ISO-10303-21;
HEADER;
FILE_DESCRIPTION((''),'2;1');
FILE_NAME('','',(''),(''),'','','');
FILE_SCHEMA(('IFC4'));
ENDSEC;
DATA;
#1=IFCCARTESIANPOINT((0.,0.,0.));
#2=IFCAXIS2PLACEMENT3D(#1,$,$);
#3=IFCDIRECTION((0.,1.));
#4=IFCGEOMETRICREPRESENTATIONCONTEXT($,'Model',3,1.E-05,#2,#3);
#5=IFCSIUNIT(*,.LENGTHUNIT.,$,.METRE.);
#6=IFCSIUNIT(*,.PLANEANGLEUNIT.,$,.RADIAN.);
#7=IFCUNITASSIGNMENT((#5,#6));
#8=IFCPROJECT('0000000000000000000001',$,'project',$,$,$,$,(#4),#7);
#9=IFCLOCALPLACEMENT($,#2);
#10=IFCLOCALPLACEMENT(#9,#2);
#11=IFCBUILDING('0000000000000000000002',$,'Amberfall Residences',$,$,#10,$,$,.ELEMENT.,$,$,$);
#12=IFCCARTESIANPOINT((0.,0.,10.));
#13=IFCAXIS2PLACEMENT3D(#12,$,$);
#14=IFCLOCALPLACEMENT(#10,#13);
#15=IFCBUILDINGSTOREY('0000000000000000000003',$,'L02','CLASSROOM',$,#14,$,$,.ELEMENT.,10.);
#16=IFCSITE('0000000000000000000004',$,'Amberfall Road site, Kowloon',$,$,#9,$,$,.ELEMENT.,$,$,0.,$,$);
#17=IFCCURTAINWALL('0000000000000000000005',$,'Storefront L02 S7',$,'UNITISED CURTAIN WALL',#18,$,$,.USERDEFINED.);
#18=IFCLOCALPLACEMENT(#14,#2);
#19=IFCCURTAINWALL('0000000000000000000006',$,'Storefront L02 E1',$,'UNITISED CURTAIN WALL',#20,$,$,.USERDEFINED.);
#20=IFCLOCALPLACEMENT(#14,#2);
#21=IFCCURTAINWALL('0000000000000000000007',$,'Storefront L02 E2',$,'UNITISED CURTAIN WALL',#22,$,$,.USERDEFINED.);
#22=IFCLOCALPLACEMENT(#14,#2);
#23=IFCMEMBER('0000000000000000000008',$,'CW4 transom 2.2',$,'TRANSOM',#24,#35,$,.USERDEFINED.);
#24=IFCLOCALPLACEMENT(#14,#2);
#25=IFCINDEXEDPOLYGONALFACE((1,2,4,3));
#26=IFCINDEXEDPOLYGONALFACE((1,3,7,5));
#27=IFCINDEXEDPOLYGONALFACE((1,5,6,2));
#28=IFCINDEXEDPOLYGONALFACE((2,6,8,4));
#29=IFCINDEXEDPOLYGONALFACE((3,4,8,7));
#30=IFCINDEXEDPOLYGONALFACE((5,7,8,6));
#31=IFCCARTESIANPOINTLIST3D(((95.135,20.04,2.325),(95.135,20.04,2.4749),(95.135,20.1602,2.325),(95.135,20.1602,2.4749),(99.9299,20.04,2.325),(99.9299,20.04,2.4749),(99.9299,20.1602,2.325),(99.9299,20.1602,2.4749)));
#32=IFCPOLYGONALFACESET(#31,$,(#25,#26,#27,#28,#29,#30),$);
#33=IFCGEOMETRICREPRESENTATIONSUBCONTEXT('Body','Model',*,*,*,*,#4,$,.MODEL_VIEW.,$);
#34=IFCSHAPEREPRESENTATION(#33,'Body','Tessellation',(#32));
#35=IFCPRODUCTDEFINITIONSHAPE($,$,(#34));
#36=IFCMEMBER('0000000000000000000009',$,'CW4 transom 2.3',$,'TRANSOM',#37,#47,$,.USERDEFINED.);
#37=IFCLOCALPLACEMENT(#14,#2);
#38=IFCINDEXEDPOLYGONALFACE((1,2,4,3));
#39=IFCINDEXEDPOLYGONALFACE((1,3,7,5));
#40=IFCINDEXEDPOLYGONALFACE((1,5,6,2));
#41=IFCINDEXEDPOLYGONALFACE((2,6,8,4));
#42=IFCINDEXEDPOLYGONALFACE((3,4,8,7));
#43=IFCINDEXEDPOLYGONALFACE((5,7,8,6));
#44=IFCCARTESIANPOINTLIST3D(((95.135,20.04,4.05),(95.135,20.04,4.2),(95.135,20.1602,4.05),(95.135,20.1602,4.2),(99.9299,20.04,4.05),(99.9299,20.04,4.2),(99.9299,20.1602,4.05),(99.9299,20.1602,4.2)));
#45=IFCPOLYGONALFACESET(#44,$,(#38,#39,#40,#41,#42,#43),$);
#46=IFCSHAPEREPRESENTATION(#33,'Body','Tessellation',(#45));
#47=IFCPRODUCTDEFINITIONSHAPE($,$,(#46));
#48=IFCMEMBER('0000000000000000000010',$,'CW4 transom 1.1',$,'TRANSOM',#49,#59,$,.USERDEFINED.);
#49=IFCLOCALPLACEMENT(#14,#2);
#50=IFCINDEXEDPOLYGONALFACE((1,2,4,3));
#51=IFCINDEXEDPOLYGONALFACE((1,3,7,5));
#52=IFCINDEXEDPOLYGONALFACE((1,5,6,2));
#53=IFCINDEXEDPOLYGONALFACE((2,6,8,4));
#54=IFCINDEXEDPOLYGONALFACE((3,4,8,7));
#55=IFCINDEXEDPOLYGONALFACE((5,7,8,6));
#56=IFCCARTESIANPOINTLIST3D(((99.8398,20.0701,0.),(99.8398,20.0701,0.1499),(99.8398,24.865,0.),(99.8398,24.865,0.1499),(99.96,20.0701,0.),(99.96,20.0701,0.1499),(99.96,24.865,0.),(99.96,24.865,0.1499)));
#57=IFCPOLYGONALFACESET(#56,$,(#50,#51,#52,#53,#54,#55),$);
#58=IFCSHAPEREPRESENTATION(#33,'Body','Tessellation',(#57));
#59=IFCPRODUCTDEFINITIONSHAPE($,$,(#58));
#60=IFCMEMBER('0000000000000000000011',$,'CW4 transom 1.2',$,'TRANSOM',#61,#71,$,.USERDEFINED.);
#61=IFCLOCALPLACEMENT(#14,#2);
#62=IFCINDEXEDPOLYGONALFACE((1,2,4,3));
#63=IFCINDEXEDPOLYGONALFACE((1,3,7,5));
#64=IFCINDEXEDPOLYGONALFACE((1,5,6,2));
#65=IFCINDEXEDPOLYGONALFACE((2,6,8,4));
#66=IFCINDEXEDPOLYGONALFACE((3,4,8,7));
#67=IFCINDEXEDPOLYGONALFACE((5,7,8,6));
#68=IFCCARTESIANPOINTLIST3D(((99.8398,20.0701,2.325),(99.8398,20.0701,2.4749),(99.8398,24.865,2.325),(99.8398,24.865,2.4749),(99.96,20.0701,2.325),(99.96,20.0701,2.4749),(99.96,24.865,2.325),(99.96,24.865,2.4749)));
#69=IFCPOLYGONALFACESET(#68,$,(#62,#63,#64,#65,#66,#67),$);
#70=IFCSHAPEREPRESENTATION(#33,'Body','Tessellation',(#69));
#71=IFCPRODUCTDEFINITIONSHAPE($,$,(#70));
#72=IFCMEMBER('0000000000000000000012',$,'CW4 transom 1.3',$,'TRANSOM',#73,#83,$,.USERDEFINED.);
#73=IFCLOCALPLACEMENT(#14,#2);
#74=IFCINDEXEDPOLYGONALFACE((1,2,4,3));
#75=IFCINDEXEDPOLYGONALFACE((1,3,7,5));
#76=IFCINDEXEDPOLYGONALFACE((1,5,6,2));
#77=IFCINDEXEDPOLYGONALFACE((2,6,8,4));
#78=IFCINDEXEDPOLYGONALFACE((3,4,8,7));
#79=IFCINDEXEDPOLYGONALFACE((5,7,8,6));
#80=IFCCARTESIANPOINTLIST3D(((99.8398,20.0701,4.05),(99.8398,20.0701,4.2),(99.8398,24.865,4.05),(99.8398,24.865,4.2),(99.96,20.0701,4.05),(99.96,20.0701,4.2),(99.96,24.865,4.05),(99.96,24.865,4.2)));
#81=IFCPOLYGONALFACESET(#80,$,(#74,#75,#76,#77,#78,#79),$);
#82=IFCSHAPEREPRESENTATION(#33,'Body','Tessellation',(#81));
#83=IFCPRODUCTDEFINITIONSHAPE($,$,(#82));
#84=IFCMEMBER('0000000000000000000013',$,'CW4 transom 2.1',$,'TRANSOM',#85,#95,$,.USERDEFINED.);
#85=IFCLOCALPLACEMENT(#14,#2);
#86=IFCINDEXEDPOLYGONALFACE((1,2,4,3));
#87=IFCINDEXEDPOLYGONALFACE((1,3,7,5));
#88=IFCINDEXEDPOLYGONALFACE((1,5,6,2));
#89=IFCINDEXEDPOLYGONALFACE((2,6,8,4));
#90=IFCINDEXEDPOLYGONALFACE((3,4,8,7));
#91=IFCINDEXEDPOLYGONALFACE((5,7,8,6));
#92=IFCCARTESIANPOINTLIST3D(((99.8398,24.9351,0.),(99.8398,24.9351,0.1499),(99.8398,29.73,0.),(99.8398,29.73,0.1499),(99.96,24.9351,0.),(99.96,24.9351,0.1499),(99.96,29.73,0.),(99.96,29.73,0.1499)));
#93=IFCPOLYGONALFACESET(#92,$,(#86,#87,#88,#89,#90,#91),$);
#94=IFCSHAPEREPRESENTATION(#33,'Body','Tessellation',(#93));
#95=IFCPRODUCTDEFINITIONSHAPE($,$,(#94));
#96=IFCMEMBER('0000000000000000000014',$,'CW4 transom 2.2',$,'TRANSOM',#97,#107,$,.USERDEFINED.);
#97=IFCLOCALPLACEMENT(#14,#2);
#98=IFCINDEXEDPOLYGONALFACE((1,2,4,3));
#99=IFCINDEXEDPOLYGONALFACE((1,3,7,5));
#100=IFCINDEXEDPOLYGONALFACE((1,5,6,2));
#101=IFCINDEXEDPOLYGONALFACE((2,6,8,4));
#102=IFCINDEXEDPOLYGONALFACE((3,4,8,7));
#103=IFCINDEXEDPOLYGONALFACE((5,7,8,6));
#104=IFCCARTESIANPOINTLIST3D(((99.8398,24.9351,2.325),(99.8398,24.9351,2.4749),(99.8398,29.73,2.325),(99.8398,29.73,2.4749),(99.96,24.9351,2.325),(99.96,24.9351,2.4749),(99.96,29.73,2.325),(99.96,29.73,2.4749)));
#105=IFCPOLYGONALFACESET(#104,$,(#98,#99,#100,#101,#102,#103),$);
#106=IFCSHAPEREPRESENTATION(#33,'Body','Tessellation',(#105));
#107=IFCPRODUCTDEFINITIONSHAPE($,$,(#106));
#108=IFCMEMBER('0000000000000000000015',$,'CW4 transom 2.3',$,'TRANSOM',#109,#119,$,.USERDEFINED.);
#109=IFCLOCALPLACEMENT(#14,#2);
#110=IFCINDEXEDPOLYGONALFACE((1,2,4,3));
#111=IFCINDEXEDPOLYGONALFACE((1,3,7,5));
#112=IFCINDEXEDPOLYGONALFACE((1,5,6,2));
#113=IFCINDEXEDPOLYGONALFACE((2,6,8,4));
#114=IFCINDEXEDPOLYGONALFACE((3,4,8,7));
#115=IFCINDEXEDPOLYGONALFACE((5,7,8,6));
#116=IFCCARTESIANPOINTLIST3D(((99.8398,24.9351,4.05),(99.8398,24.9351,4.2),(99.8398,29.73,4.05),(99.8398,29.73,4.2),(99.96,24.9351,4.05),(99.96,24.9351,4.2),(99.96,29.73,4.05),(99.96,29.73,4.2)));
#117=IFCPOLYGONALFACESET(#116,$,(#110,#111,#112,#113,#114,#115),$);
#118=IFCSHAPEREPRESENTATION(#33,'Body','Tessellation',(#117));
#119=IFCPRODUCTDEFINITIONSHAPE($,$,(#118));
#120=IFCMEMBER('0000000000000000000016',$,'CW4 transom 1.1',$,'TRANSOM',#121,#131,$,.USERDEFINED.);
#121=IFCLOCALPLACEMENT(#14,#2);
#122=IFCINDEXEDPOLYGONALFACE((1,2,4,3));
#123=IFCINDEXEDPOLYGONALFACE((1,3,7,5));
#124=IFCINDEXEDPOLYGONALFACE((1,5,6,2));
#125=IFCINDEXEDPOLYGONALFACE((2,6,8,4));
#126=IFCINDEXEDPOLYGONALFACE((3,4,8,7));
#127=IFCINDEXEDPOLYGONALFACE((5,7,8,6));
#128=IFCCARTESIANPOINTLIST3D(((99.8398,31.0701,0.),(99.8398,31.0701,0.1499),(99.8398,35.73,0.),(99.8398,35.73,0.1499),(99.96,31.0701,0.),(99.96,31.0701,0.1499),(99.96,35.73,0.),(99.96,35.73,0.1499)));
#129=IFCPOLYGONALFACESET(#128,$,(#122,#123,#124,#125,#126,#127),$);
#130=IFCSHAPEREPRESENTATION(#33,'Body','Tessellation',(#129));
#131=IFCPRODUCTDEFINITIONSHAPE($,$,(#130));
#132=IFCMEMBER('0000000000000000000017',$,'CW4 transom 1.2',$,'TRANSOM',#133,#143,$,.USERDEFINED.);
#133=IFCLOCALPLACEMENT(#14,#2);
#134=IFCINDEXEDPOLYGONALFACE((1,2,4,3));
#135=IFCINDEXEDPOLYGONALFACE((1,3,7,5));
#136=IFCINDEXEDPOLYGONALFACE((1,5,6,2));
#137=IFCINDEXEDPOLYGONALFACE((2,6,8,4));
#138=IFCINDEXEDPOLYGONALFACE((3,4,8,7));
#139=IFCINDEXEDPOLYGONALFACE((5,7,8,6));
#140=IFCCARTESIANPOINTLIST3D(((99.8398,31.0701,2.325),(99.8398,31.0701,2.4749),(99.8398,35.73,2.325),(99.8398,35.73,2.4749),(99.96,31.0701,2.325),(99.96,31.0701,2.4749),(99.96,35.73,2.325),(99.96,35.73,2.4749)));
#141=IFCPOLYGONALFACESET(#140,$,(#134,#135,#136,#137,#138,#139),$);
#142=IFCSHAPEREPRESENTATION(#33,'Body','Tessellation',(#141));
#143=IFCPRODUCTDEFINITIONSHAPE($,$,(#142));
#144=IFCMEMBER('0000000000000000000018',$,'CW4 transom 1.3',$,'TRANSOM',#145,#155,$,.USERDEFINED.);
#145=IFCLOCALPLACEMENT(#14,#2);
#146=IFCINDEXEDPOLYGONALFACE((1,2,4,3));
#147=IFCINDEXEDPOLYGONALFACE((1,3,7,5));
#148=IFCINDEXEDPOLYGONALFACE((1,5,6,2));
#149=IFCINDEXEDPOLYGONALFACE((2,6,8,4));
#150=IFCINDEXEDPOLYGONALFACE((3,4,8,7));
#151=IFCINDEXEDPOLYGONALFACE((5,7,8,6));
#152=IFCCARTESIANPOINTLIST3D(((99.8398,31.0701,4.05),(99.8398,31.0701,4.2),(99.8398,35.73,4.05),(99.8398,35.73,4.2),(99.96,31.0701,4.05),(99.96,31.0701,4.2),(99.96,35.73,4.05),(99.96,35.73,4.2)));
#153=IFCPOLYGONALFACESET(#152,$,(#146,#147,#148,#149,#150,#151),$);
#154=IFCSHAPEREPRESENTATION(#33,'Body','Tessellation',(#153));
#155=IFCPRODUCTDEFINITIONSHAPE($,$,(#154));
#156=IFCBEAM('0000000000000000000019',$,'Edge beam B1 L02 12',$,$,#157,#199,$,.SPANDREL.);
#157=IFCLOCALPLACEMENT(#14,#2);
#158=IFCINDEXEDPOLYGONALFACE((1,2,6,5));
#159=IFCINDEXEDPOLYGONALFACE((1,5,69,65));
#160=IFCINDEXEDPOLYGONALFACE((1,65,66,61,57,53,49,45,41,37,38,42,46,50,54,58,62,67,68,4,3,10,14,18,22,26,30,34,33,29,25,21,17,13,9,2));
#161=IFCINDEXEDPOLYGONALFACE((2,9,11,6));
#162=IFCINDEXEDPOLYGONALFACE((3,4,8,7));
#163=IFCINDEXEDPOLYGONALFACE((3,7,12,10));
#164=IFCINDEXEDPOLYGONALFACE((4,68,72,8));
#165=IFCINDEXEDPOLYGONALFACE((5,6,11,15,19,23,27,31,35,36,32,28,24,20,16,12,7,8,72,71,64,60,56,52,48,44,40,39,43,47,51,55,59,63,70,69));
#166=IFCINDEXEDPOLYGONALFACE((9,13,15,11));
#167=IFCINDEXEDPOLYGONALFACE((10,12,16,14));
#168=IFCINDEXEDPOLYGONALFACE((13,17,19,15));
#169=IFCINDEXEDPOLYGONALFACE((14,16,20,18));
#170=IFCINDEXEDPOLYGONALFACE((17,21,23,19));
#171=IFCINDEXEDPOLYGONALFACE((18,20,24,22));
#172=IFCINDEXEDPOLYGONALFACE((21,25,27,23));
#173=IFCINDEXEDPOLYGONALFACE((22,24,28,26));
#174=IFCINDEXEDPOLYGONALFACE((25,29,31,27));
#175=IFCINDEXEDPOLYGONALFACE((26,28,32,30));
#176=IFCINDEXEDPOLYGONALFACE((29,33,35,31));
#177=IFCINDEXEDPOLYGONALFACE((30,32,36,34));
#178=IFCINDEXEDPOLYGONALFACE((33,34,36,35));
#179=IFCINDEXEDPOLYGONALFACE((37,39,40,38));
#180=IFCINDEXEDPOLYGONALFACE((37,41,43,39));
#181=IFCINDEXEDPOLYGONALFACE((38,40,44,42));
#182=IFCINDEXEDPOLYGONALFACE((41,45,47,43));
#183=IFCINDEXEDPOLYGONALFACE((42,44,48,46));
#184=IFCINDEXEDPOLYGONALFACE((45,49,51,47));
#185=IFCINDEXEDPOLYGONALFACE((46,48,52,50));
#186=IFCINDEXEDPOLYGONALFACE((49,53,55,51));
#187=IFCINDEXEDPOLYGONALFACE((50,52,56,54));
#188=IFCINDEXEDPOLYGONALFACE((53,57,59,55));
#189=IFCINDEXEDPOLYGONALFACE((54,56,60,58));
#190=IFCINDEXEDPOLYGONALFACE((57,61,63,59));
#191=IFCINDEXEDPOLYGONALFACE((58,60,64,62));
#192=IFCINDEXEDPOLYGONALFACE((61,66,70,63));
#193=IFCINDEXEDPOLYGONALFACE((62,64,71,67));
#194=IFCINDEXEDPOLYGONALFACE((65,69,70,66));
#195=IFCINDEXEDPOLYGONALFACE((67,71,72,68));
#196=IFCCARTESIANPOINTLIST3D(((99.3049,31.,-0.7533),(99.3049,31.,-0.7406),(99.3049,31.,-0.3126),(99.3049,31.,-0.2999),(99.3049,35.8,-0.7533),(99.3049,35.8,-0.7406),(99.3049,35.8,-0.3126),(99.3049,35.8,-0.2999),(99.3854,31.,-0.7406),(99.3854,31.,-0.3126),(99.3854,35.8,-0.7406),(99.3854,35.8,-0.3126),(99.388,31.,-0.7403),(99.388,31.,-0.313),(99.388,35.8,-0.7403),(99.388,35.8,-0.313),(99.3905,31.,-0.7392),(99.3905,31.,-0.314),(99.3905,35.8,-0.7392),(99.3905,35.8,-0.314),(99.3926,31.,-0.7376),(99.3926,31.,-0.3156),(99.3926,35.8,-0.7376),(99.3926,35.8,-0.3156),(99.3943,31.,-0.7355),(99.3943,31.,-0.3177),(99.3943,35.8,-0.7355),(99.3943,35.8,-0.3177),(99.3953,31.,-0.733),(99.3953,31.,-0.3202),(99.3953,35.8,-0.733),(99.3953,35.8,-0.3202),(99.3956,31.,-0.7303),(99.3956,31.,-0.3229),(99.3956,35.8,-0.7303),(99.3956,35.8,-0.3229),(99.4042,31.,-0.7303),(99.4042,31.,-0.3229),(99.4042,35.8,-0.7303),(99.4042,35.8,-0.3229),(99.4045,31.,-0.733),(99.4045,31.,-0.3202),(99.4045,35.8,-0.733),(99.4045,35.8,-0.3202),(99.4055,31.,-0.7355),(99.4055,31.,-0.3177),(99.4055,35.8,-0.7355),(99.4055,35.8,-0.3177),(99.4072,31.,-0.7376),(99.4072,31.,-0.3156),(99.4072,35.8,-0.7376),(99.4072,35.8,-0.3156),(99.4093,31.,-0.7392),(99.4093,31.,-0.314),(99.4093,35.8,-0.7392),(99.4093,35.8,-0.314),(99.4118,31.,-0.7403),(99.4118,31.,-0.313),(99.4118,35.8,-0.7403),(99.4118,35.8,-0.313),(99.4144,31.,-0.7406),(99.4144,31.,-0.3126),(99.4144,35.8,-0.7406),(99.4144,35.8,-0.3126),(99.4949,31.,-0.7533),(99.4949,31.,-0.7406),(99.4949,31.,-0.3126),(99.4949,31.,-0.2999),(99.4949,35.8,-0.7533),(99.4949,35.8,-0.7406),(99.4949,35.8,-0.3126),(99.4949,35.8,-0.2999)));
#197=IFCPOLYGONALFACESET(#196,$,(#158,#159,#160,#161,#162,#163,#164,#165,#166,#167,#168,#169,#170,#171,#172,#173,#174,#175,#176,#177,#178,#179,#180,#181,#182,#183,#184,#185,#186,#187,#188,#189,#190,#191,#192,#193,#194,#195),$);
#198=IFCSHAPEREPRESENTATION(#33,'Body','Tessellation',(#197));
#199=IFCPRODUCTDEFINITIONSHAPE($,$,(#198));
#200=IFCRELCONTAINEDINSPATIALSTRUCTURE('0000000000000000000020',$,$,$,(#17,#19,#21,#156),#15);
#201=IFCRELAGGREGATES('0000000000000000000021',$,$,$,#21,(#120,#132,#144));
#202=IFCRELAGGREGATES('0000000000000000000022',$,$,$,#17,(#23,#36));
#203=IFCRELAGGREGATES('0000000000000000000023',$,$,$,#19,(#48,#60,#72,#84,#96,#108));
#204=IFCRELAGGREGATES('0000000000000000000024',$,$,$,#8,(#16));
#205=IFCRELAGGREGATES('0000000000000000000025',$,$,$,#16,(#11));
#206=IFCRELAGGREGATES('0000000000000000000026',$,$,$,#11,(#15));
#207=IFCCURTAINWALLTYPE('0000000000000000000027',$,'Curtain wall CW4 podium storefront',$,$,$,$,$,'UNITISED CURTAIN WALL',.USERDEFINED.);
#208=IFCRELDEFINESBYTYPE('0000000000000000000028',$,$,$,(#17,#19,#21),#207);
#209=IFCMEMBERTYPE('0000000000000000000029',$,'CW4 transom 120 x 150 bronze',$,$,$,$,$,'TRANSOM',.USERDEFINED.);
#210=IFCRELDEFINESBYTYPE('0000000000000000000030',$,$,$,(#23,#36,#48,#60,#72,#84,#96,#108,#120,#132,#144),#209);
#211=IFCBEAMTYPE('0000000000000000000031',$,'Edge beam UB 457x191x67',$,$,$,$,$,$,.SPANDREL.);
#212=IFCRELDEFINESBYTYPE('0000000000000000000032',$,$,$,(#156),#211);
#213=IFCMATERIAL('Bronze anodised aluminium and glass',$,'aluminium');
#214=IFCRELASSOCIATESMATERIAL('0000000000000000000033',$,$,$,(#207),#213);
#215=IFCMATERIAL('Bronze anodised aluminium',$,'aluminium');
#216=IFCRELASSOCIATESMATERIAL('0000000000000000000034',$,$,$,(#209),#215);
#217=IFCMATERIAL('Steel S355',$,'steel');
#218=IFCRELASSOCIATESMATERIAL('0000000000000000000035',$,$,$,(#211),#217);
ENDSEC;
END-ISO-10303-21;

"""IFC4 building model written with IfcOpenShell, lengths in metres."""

from ifc_helpers import new_model, si_unit, direction, frame, origin, origin_2d, place, context, subcontext, project, spatial, rectangle, i_section, extrude, material, material_profile, profile_set, type_object, element, aggregate, save


model = new_model("IFC4")

# Units and contexts
model_context = context("Model", 3, precision=1e-05, world=origin(), true_north=direction((0.0, 1.0)))
body_context = subcontext(model_context, "Body", "Model", "MODEL_VIEW")
ifc_project = project(units=[si_unit("LENGTHUNIT", "METRE"), si_unit("PLANEANGLEUNIT", "RADIAN")], contexts=[model_context])

# Site, building, storey
site_placement = place(None, origin())
site = spatial("IfcSite", under=ifc_project, at=site_placement, Name="Amberfall Road site, Kowloon", CompositionType="ELEMENT", RefElevation=0.0)
building_placement = place(site_placement, origin())
building = spatial("IfcBuilding", under=site, at=building_placement, Name="Amberfall Residences", CompositionType="ELEMENT")
storey_placement = place(building_placement, frame((0.0, 0.0, 10.0)))
storey = spatial("IfcBuildingStorey", under=building, at=storey_placement, Name="L02", Description="CLASSROOM", CompositionType="ELEMENT", Elevation=10.0)

# Curtain walls
ifc_material_1 = material(Name="Bronze anodised aluminium and glass", Category="aluminium")
curtain_wall_type = type_object("IfcCurtainWallType", Name="Curtain wall CW4 podium storefront", ElementType="UNITISED CURTAIN WALL", PredefinedType="USERDEFINED", material=ifc_material_1)
curtain_wall_1_placement = place(storey_placement, origin())
curtain_wall_1 = element("IfcCurtainWall", 1, at=curtain_wall_1_placement, inside=storey, type_object=curtain_wall_type, Name="Storefront L02 S7", ObjectType="UNITISED CURTAIN WALL", PredefinedType="USERDEFINED")
ifc_material_2 = material(Name="Bronze anodised aluminium", Category="aluminium")
curtain_wall_2_placement = place(storey_placement, origin())
curtain_wall_2 = element("IfcCurtainWall", 2, at=curtain_wall_2_placement, inside=storey, type_object=curtain_wall_type, Name="Storefront L02 E1", ObjectType="UNITISED CURTAIN WALL", PredefinedType="USERDEFINED")

# Curtain wall
curtain_wall_3_placement = place(storey_placement, origin())
curtain_wall_3 = element("IfcCurtainWall", 3, at=curtain_wall_3_placement, inside=storey, type_object=curtain_wall_type, Name="Storefront L02 E2", ObjectType="UNITISED CURTAIN WALL", PredefinedType="USERDEFINED")

# Members
ifc_material_profile_1 = material_profile(ifc_material_2, rectangle(XDim=0.1201, YDim=0.1499, at=origin_2d()), Name="CW4 transom 120 x 150 bronze")
ifc_profile_set_1 = profile_set([ifc_material_profile_1], Name="Bronze anodised aluminium")
member_type_1 = type_object("IfcMemberType", Name="CW4 transom 120 x 150 bronze", ElementType="TRANSOM", PredefinedType="USERDEFINED", material=ifc_profile_set_1)
member_1_placement = place(storey_placement, frame((95.135, 20.1001, 2.3999), z_axis=(1.0, 0.0, 0.0), x_axis=(0.0, 1.0, 0.0)))
member_1 = element("IfcMember", 4, at=member_1_placement, type_object=member_type_1, Name="CW4 transom 2.2", ObjectType="TRANSOM", PredefinedType="USERDEFINED", context=body_context, shape_type="SweptSolid", body=[
    extrude(rectangle(XDim=0.1201, YDim=0.1499, at=origin_2d()), origin(), (0.0, 0.0, 1.0), 4.7949),
])
member_2_placement = place(storey_placement, frame((95.135, 20.1001, 4.125), z_axis=(1.0, 0.0, 0.0), x_axis=(0.0, 1.0, 0.0)))
member_2 = element("IfcMember", 5, at=member_2_placement, type_object=member_type_1, Name="CW4 transom 2.3", ObjectType="TRANSOM", PredefinedType="USERDEFINED", context=body_context, shape_type="SweptSolid", body=[
    extrude(rectangle(XDim=0.1201, YDim=0.1499, at=origin_2d()), origin(), (0.0, 0.0, 1.0), 4.7949),
])
member_3_placement = place(storey_placement, frame((99.8999, 20.0701, 0.075), z_axis=(0.0, 1.0, 0.0), x_axis=(-1.0, 0.0, 0.0)))
member_3 = element("IfcMember", 6, at=member_3_placement, type_object=member_type_1, Name="CW4 transom 1.1", ObjectType="TRANSOM", PredefinedType="USERDEFINED", context=body_context, shape_type="SweptSolid", body=[
    extrude(rectangle(XDim=0.1201, YDim=0.1499, at=origin_2d()), origin(), (0.0, 0.0, 1.0), 4.7949),
])
member_4_placement = place(storey_placement, frame((99.8999, 20.0701, 2.3999), z_axis=(0.0, 1.0, 0.0), x_axis=(-1.0, 0.0, 0.0)))
member_4 = element("IfcMember", 7, at=member_4_placement, type_object=member_type_1, Name="CW4 transom 1.2", ObjectType="TRANSOM", PredefinedType="USERDEFINED", context=body_context, shape_type="SweptSolid", body=[
    extrude(rectangle(XDim=0.1201, YDim=0.1499, at=origin_2d()), origin(), (0.0, 0.0, 1.0), 4.7949),
])
member_5_placement = place(storey_placement, frame((99.8999, 20.0701, 4.125), z_axis=(0.0, 1.0, 0.0), x_axis=(-1.0, 0.0, 0.0)))
member_5 = element("IfcMember", 8, at=member_5_placement, type_object=member_type_1, Name="CW4 transom 1.3", ObjectType="TRANSOM", PredefinedType="USERDEFINED", context=body_context, shape_type="SweptSolid", body=[
    extrude(rectangle(XDim=0.1201, YDim=0.1499, at=origin_2d()), origin(), (0.0, 0.0, 1.0), 4.7949),
])
member_6_placement = place(storey_placement, frame((99.8999, 24.9351, 0.075), z_axis=(0.0, 1.0, 0.0), x_axis=(-1.0, 0.0, 0.0)))
member_6 = element("IfcMember", 9, at=member_6_placement, type_object=member_type_1, Name="CW4 transom 2.1", ObjectType="TRANSOM", PredefinedType="USERDEFINED", context=body_context, shape_type="SweptSolid", body=[
    extrude(rectangle(XDim=0.1201, YDim=0.1499, at=origin_2d()), origin(), (0.0, 0.0, 1.0), 4.7949),
])
member_7_placement = place(storey_placement, frame((99.8999, 24.9351, 2.3999), z_axis=(0.0, 1.0, 0.0), x_axis=(-1.0, 0.0, 0.0)))
member_7 = element("IfcMember", 10, at=member_7_placement, type_object=member_type_1, Name="CW4 transom 2.2", ObjectType="TRANSOM", PredefinedType="USERDEFINED", context=body_context, shape_type="SweptSolid", body=[
    extrude(rectangle(XDim=0.1201, YDim=0.1499, at=origin_2d()), origin(), (0.0, 0.0, 1.0), 4.7949),
])
member_8_placement = place(storey_placement, frame((99.8999, 24.9351, 4.125), z_axis=(0.0, 1.0, 0.0), x_axis=(-1.0, 0.0, 0.0)))
member_8 = element("IfcMember", 11, at=member_8_placement, type_object=member_type_1, Name="CW4 transom 2.3", ObjectType="TRANSOM", PredefinedType="USERDEFINED", context=body_context, shape_type="SweptSolid", body=[
    extrude(rectangle(XDim=0.1201, YDim=0.1499, at=origin_2d()), origin(), (0.0, 0.0, 1.0), 4.7949),
])
member_9_placement = place(storey_placement, frame((99.8999, 31.0701, 0.075), z_axis=(0.0, 1.0, 0.0), x_axis=(-1.0, 0.0, 0.0)))
member_9 = element("IfcMember", 12, at=member_9_placement, type_object=member_type_1, Name="CW4 transom 1.1", ObjectType="TRANSOM", PredefinedType="USERDEFINED", context=body_context, shape_type="SweptSolid", body=[
    extrude(rectangle(XDim=0.1201, YDim=0.1499, at=origin_2d()), origin(), (0.0, 0.0, 1.0), 4.6599),
])
member_10_placement = place(storey_placement, frame((99.8999, 31.0701, 2.3999), z_axis=(0.0, 1.0, 0.0), x_axis=(-1.0, 0.0, 0.0)))
member_10 = element("IfcMember", 13, at=member_10_placement, type_object=member_type_1, Name="CW4 transom 1.2", ObjectType="TRANSOM", PredefinedType="USERDEFINED", context=body_context, shape_type="SweptSolid", body=[
    extrude(rectangle(XDim=0.1201, YDim=0.1499, at=origin_2d()), origin(), (0.0, 0.0, 1.0), 4.6599),
])
member_11_placement = place(storey_placement, frame((99.8999, 31.0701, 4.125), z_axis=(0.0, 1.0, 0.0), x_axis=(-1.0, 0.0, 0.0)))
member_11 = element("IfcMember", 14, at=member_11_placement, type_object=member_type_1, Name="CW4 transom 1.3", ObjectType="TRANSOM", PredefinedType="USERDEFINED", context=body_context, shape_type="SweptSolid", body=[
    extrude(rectangle(XDim=0.1201, YDim=0.1499, at=origin_2d()), origin(), (0.0, 0.0, 1.0), 4.6599),
])
aggregate(curtain_wall_3, [member_9, member_10, member_11])

# Beam
ifc_material_3 = material(Name="Steel S355", Category="steel")
ifc_material_profile_2 = material_profile(ifc_material_3, i_section(OverallWidth=0.1899, OverallDepth=0.4534, WebThickness=0.0085, FlangeThickness=0.0127, FilletRadius=0.0103, at=origin_2d()), Name="UB 457x191x67")
ifc_profile_set_2 = profile_set([ifc_material_profile_2], Name="Steel S355")
beam_type_1 = type_object("IfcBeamType", Name="Edge beam UB 457x191x67", PredefinedType="SPANDREL", material=ifc_profile_set_2)
beam_1_placement = place(storey_placement, frame((99.3999, 31.0, -0.5266), z_axis=(0.0, 1.0, 0.0), x_axis=(-1.0, 0.0, 0.0)))
element("IfcBeam", 15, at=beam_1_placement, inside=storey, type_object=beam_type_1, Name="Edge beam B1 L02 12", PredefinedType="SPANDREL", context=body_context, shape_type="SweptSolid", body=[
    extrude(i_section(OverallWidth=0.1899, OverallDepth=0.4534, WebThickness=0.0085, FlangeThickness=0.0127, FilletRadius=0.0103, at=origin_2d()), origin(), (0.0, 0.0, 1.0), 4.8),
])

aggregate(curtain_wall_1, [member_1, member_2])
aggregate(curtain_wall_2, [member_3, member_4, member_5, member_6, member_7, member_8])

save(model, "model.ifc")
